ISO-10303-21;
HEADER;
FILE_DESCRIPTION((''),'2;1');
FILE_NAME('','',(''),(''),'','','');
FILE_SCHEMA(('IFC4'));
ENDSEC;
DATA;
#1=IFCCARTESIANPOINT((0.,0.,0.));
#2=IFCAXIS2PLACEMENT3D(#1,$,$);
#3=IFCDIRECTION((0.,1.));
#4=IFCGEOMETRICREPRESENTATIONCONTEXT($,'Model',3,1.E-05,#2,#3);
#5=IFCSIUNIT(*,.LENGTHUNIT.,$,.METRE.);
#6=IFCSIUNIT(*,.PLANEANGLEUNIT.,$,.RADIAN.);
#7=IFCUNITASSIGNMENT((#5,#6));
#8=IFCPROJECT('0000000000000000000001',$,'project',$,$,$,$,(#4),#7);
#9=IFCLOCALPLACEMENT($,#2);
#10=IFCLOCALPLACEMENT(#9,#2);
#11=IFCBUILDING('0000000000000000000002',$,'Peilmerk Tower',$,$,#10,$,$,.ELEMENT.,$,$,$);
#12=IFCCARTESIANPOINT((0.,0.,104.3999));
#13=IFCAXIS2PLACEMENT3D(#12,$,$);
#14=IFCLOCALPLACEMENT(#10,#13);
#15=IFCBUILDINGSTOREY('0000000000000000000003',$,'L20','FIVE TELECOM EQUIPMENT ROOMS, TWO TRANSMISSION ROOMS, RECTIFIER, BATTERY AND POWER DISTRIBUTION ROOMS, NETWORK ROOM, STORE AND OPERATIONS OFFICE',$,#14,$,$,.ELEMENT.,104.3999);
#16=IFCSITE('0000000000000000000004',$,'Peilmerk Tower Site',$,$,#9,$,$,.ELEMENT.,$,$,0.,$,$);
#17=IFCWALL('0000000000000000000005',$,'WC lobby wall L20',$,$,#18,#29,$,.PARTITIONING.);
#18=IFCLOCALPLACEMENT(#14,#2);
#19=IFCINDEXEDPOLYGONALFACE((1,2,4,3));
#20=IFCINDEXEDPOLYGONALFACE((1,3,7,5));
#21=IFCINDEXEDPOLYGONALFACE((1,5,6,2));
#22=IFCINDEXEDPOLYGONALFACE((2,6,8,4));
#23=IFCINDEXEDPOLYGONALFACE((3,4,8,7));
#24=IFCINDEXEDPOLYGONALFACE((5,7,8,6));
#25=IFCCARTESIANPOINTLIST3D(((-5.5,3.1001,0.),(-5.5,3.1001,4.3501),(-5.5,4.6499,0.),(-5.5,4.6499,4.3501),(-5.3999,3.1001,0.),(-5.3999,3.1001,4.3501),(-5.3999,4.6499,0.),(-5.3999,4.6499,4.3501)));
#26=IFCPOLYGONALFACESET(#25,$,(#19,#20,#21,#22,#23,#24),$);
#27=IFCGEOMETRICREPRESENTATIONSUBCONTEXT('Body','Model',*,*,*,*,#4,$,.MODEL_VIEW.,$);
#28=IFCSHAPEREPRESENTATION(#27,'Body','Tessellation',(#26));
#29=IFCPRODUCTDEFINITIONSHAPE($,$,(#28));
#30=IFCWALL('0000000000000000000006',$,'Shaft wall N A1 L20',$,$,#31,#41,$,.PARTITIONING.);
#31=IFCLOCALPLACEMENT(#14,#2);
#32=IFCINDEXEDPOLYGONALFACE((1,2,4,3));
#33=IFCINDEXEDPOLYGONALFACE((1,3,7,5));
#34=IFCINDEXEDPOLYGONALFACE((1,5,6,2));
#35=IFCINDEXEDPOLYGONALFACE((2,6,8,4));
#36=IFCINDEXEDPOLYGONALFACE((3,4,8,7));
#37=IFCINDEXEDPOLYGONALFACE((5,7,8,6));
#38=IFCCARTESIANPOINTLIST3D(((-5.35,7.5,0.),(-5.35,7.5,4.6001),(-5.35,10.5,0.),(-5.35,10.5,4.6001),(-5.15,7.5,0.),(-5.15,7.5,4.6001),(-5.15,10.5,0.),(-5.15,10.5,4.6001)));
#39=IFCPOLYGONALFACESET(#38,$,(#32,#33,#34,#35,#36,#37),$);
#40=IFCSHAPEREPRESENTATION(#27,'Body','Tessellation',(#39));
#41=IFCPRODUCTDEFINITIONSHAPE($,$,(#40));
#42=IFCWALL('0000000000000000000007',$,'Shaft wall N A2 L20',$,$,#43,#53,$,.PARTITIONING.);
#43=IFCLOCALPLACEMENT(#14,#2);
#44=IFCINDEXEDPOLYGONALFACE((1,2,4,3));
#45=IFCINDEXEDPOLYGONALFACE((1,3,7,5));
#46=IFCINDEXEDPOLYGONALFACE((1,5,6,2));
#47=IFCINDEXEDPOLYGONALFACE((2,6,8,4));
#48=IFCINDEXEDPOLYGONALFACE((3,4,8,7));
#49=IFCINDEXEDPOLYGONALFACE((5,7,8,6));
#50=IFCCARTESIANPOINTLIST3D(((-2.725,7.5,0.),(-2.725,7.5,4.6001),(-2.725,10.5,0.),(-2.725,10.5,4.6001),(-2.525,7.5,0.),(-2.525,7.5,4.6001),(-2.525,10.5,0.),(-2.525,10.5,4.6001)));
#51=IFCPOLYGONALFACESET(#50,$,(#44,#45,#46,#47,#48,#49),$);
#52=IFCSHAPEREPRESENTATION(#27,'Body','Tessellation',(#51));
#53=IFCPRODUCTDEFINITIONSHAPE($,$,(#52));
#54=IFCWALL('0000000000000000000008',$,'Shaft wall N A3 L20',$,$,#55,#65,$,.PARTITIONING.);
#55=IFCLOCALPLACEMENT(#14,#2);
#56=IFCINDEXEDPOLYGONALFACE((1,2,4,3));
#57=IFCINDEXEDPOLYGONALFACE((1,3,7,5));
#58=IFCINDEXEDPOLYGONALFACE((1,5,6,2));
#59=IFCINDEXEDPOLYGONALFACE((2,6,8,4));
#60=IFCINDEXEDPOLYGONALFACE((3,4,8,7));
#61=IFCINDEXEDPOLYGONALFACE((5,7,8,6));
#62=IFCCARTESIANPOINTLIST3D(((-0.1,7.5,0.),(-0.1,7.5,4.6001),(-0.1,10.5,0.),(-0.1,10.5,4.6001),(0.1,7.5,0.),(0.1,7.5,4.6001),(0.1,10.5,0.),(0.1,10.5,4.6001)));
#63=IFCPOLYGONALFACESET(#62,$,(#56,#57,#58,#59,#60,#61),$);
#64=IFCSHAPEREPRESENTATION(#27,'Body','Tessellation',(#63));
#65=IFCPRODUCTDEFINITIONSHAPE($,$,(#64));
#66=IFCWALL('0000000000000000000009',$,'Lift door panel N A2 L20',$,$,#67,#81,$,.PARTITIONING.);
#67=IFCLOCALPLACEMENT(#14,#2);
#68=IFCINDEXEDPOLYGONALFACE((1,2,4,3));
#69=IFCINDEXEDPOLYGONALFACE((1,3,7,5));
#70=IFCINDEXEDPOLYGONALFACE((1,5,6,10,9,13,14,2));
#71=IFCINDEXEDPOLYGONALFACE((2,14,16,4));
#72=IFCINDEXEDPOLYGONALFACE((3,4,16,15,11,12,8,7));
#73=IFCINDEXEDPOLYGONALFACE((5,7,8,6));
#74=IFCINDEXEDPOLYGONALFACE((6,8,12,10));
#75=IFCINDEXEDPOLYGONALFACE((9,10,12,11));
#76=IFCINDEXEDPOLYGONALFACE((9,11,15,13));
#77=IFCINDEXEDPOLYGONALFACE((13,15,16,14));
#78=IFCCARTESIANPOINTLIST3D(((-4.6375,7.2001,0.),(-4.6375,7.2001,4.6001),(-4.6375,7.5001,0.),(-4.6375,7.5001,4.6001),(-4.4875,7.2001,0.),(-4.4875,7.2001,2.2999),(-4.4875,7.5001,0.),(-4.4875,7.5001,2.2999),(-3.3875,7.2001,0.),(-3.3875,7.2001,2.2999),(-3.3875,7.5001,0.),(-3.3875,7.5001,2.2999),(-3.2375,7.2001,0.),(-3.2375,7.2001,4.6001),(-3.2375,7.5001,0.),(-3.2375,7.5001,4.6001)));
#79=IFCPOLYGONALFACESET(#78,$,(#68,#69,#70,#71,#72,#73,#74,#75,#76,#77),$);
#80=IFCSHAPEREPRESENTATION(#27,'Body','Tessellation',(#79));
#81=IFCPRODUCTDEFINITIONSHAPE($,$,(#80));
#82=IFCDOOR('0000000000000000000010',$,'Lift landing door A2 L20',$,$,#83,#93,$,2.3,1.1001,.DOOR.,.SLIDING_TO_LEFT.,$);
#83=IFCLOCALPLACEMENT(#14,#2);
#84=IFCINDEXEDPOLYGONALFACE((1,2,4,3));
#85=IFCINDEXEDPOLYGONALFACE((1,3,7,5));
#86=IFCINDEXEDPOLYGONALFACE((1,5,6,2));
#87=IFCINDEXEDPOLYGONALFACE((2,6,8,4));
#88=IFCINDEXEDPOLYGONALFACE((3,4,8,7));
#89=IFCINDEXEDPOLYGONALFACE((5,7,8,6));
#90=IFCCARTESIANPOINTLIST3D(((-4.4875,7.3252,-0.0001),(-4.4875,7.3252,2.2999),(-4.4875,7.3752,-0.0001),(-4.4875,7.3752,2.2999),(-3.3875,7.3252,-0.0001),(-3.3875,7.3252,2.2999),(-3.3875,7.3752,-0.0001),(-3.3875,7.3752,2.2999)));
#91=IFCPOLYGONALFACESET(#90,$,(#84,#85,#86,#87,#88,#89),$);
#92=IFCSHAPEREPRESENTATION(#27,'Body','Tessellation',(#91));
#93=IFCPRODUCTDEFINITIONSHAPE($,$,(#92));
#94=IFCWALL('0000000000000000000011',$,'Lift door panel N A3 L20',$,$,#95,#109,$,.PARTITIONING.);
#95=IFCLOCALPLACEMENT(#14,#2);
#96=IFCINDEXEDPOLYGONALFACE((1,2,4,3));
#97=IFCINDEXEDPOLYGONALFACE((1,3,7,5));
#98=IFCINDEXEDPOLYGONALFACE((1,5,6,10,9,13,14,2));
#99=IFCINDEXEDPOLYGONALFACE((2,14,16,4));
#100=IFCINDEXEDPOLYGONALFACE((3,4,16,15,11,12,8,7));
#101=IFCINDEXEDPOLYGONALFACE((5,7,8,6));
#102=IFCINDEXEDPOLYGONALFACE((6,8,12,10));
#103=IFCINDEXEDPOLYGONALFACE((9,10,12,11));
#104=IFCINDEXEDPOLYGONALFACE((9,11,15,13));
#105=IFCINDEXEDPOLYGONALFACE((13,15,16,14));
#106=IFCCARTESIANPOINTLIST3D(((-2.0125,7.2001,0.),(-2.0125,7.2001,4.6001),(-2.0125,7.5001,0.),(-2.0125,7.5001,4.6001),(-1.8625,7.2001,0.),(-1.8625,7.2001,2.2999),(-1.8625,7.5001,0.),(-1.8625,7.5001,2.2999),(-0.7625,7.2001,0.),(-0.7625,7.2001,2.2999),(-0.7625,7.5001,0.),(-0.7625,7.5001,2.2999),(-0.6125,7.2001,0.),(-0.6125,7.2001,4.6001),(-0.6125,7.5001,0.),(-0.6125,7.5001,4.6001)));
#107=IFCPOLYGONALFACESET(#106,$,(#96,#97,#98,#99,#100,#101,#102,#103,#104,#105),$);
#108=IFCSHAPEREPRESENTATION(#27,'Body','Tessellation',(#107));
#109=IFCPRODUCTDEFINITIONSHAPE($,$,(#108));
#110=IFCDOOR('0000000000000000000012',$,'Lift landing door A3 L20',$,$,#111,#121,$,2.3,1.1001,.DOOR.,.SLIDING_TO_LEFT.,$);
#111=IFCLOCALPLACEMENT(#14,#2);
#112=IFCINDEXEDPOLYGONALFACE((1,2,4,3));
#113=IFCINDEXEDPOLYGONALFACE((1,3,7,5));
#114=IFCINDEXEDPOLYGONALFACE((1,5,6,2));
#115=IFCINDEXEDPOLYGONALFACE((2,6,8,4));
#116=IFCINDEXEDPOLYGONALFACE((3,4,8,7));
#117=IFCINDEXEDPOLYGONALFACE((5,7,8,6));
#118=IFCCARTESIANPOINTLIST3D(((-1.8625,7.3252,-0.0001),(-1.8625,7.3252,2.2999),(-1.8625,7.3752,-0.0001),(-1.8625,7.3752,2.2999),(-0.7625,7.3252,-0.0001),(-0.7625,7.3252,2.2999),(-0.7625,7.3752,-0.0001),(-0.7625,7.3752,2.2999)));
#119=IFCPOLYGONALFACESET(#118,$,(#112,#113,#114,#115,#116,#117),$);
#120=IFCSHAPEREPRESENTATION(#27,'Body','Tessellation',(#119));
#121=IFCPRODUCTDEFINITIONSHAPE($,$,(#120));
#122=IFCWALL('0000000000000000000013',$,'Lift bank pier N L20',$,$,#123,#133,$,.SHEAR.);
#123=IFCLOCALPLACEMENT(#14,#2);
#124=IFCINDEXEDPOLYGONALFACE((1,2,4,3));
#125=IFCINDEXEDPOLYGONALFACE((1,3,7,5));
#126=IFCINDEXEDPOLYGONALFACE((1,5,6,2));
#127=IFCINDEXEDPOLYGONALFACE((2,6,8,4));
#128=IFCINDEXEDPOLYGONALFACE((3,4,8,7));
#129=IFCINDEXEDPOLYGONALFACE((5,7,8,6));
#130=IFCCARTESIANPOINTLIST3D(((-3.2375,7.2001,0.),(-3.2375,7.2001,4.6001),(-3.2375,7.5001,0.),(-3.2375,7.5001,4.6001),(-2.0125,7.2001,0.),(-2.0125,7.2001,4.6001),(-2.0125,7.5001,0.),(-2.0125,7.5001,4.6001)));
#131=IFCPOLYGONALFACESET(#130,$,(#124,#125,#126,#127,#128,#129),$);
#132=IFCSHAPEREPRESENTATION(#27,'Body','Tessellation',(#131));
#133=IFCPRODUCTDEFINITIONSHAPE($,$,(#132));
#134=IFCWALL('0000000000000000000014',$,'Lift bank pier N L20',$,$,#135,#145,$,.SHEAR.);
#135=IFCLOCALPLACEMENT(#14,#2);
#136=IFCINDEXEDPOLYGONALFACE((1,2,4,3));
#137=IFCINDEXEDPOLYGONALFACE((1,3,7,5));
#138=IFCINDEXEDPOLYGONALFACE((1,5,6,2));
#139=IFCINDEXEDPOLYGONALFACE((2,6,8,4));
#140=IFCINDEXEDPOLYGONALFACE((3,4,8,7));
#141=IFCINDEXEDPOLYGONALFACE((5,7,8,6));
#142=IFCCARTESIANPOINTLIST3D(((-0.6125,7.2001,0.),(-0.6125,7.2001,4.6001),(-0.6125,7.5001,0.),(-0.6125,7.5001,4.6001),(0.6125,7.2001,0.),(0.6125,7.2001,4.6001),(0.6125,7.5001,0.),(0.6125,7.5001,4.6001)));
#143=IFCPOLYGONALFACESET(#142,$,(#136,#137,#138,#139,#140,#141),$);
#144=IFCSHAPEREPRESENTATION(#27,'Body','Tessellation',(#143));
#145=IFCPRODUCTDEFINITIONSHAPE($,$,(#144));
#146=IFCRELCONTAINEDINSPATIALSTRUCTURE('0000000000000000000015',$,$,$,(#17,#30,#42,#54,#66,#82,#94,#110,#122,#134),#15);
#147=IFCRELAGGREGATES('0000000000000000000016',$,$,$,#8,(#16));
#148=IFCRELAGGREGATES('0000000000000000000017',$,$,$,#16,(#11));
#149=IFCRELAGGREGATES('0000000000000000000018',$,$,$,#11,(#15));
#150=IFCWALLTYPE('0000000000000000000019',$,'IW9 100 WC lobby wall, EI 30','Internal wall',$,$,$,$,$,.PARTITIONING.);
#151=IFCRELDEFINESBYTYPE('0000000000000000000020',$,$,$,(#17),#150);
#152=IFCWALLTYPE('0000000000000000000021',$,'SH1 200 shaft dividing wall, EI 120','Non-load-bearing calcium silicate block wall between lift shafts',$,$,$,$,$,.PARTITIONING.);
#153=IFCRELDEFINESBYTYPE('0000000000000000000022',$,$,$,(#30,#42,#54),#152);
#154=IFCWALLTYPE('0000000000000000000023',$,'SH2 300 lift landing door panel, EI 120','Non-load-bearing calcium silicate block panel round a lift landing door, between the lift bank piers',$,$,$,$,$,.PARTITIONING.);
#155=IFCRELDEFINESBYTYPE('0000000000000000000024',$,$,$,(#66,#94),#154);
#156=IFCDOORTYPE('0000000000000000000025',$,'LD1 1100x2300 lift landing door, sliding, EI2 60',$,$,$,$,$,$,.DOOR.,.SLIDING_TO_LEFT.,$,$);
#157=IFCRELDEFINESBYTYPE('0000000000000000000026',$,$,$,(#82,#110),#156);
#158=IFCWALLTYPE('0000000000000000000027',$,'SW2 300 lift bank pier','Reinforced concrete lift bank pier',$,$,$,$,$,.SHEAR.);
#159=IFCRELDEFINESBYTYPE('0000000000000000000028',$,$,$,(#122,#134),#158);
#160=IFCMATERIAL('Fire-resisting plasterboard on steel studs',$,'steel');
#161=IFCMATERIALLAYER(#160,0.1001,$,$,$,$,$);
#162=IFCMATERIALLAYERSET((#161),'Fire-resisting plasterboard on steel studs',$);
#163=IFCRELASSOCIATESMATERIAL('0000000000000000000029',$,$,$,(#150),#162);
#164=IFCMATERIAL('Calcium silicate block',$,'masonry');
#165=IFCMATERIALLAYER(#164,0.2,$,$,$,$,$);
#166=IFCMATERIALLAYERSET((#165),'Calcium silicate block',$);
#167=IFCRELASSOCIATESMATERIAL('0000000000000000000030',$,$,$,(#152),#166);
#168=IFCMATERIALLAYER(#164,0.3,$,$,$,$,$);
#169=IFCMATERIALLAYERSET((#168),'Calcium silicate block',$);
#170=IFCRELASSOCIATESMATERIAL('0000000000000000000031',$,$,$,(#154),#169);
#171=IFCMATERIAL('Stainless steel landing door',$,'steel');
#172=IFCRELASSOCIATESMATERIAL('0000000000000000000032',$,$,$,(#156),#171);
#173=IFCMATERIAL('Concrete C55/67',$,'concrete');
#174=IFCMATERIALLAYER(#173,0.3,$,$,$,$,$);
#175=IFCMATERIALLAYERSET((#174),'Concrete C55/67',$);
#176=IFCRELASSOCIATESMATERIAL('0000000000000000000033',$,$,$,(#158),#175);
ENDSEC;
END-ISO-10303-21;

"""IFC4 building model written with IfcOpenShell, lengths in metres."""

from ifc_helpers import new_model, si_unit, direction, frame, frame_2d, origin, place, context, subcontext, project, spatial, rectangle, extrude, material, layer, layer_set, type_object, element, fill, save


model = new_model("IFC4")

# Units and contexts
model_context = context("Model", 3, precision=1e-05, world=origin(), true_north=direction((0.0, 1.0)))
body_context = subcontext(model_context, "Body", "Model", "MODEL_VIEW")
ifc_project = project(units=[si_unit("LENGTHUNIT", "METRE"), si_unit("PLANEANGLEUNIT", "RADIAN")], contexts=[model_context])

# Site, building, storey
site_placement = place(None, origin())
site = spatial("IfcSite", under=ifc_project, at=site_placement, Name="Peilmerk Tower Site", CompositionType="ELEMENT", RefElevation=0.0)
building_placement = place(site_placement, origin())
building = spatial("IfcBuilding", under=site, at=building_placement, Name="Peilmerk Tower", CompositionType="ELEMENT")
storey_placement = place(building_placement, frame((0.0, 0.0, 104.3999)))
storey = spatial("IfcBuildingStorey", under=building, at=storey_placement, Name="L20", Description="FIVE TELECOM EQUIPMENT ROOMS, TWO TRANSMISSION ROOMS, RECTIFIER, BATTERY AND POWER DISTRIBUTION ROOMS, NETWORK ROOM, STORE AND OPERATIONS OFFICE", CompositionType="ELEMENT", Elevation=104.3999)

# Shared definitions
ifc_material_1 = material(Name="Concrete C55/67", Category="concrete")

# Shared definitions
ifc_material_2 = material(Name="Fire-resisting plasterboard on steel studs", Category="steel")
ifc_layer_1 = layer(ifc_material_2, 0.1001)
ifc_layer_set_1 = layer_set([ifc_layer_1], Name="Fire-resisting plasterboard on steel studs")
wall_type_1 = type_object("IfcWallType", Name="IW9 100 WC lobby wall, EI 30", Description="Internal wall", PredefinedType="PARTITIONING", material=ifc_layer_set_1)

# Walls
wall_1_placement = place(storey_placement, frame((-5.45, 3.1001, 0.0), z_axis=(0.0, 0.0, 1.0), x_axis=(0.0, 1.0, 0.0)))
element("IfcWall", 1, at=wall_1_placement, inside=storey, type_object=wall_type_1, Name="WC lobby wall L20", PredefinedType="PARTITIONING", context=body_context, shape_type="SweptSolid", body=[
    extrude(rectangle(XDim=1.5498, YDim=0.1001, at=frame_2d((0.7749, 0.0))), origin(), (0.0, 0.0, 1.0), 4.3501),
])
ifc_material_3 = material(Name="Calcium silicate block", Category="masonry")
ifc_layer_2 = layer(ifc_material_3, 0.2)
ifc_layer_set_2 = layer_set([ifc_layer_2], Name="Calcium silicate block")
wall_type_2 = type_object("IfcWallType", Name="SH1 200 shaft dividing wall, EI 120", Description="Non-load-bearing calcium silicate block wall between lift shafts", PredefinedType="PARTITIONING", material=ifc_layer_set_2)
for number, where, z_axis, x_axis, name in (
    (2, (-5.25, 7.5, 0.0), (0.0, 0.0, 1.0), (0.0, 1.0, 0.0), "Shaft wall N A1 L20"),
    (3, (-2.625, 7.5, 0.0), (0.0, 0.0, 1.0), (0.0, 1.0, 0.0), "Shaft wall N A2 L20"),
    (4, (0.0, 7.5, 0.0), (0.0, 0.0, 1.0), (0.0, 1.0, 0.0), "Shaft wall N A3 L20"),
):
    element("IfcWall", number, at=place(storey_placement, frame(where, z_axis=z_axis, x_axis=x_axis)), inside=storey, type_object=wall_type_2, Name=name, PredefinedType="PARTITIONING", context=body_context, shape_type="SweptSolid", body=[
        extrude(rectangle(XDim=3.0, YDim=0.2, at=frame_2d((1.5, 0.0))), origin(), (0.0, 0.0, 1.0), 4.6001),
    ])

# Walls, openings, doors
ifc_layer_3 = layer(ifc_material_3, 0.3)
ifc_layer_set_3 = layer_set([ifc_layer_3], Name="Calcium silicate block")
wall_type_3 = type_object("IfcWallType", Name="SH2 300 lift landing door panel, EI 120", Description="Non-load-bearing calcium silicate block panel round a lift landing door, between the lift bank piers", PredefinedType="PARTITIONING", material=ifc_layer_set_3)
wall_2_placement = place(storey_placement, frame((-4.6375, 7.3501, 0.0), z_axis=(0.0, 0.0, 1.0), x_axis=(1.0, 0.0, 0.0)))
wall_2 = element("IfcWall", 5, at=wall_2_placement, inside=storey, type_object=wall_type_3, Name="Lift door panel N A2 L20", PredefinedType="PARTITIONING", context=body_context, shape_type="SweptSolid", body=[
    extrude(rectangle(XDim=1.3999, YDim=0.3, at=frame_2d((0.7, 0.0))), origin(), (0.0, 0.0, 1.0), 4.6001),
])
opening_1_placement = place(wall_2_placement, frame((0.1499, 0.0, 0.0)))
opening_1 = element("IfcOpeningElement", 6, at=opening_1_placement, cuts=wall_2, PredefinedType="OPENING", context=body_context, shape_type="SweptSolid", body=[
    extrude(rectangle(XDim=1.1001, YDim=2.3, at=frame_2d((0.55, 1.1499))), frame((0.0, 0.1599, 0.0), z_axis=(0.0, -1.0, 0.0), x_axis=(1.0, 0.0, 0.0)), (0.0, 0.0, 1.0), 0.3201),
])
ifc_material_4 = material(Name="Stainless steel landing door", Category="steel")
door_type_1 = type_object("IfcDoorType", Name="LD1 1100x2300 lift landing door, sliding, EI2 60", OperationType="SLIDING_TO_LEFT", PredefinedType="DOOR", material=ifc_material_4)
door_1_placement = place(opening_1_placement, frame((1.1001, 0.0, 0.0), z_axis=(0.0, 0.0, 1.0), x_axis=(-1.0, 0.0, 0.0)))
door_1 = element("IfcDoor", 7, at=door_1_placement, inside=storey, type_object=door_type_1, Name="Lift landing door A2 L20", OperationType="SLIDING_TO_LEFT", OverallHeight=2.3, OverallWidth=1.1001, PredefinedType="DOOR", context=body_context, shape_type="SweptSolid", body=[
    extrude(rectangle(XDim=1.1001, YDim=2.3, at=frame_2d((0.55, 1.1499))), frame((0.0, 0.0249, 0.0), z_axis=(0.0, -1.0, 0.0), x_axis=(1.0, 0.0, 0.0)), (0.0, 0.0, 1.0), 0.05),
])
fill(opening_1, door_1)
wall_3_placement = place(storey_placement, frame((-2.0125, 7.3501, 0.0), z_axis=(0.0, 0.0, 1.0), x_axis=(1.0, 0.0, 0.0)))
wall_3 = element("IfcWall", 8, at=wall_3_placement, inside=storey, type_object=wall_type_3, Name="Lift door panel N A3 L20", PredefinedType="PARTITIONING", context=body_context, shape_type="SweptSolid", body=[
    extrude(rectangle(XDim=1.3999, YDim=0.3, at=frame_2d((0.7, 0.0))), origin(), (0.0, 0.0, 1.0), 4.6001),
])
opening_2_placement = place(wall_3_placement, frame((0.1499, 0.0, 0.0)))
opening_2 = element("IfcOpeningElement", 9, at=opening_2_placement, cuts=wall_3, PredefinedType="OPENING", context=body_context, shape_type="SweptSolid", body=[
    extrude(rectangle(XDim=1.1001, YDim=2.3, at=frame_2d((0.55, 1.1499))), frame((0.0, 0.1599, 0.0), z_axis=(0.0, -1.0, 0.0), x_axis=(1.0, 0.0, 0.0)), (0.0, 0.0, 1.0), 0.3201),
])
door_2_placement = place(opening_2_placement, frame((1.1001, 0.0, 0.0), z_axis=(0.0, 0.0, 1.0), x_axis=(-1.0, 0.0, 0.0)))
door_2 = element("IfcDoor", 10, at=door_2_placement, inside=storey, type_object=door_type_1, Name="Lift landing door A3 L20", OperationType="SLIDING_TO_LEFT", OverallHeight=2.3, OverallWidth=1.1001, PredefinedType="DOOR", context=body_context, shape_type="SweptSolid", body=[
    extrude(rectangle(XDim=1.1001, YDim=2.3, at=frame_2d((0.55, 1.1499))), frame((0.0, 0.0249, 0.0), z_axis=(0.0, -1.0, 0.0), x_axis=(1.0, 0.0, 0.0)), (0.0, 0.0, 1.0), 0.05),
])
fill(opening_2, door_2)

# Walls
ifc_layer_4 = layer(ifc_material_1, 0.3)
ifc_layer_set_4 = layer_set([ifc_layer_4], Name="Concrete C55/67")
wall_type_4 = type_object("IfcWallType", Name="SW2 300 lift bank pier", Description="Reinforced concrete lift bank pier", PredefinedType="SHEAR", material=ifc_layer_set_4)
for number, where, z_axis, x_axis, name in (
    (11, (-3.2375, 7.3501, 0.0), (0.0, 0.0, 1.0), (1.0, 0.0, 0.0), "Lift bank pier N L20"),
    (12, (-0.6125, 7.3501, 0.0), (0.0, 0.0, 1.0), (1.0, 0.0, 0.0), "Lift bank pier N L20"),
):
    element("IfcWall", number, at=place(storey_placement, frame(where, z_axis=z_axis, x_axis=x_axis)), inside=storey, type_object=wall_type_4, Name=name, PredefinedType="SHEAR", context=body_context, shape_type="SweptSolid", body=[
        extrude(rectangle(XDim=1.2251, YDim=0.3, at=frame_2d((0.6125, 0.0))), origin(), (0.0, 0.0, 1.0), 4.6001),
    ])

save(model, "model.ifc")
